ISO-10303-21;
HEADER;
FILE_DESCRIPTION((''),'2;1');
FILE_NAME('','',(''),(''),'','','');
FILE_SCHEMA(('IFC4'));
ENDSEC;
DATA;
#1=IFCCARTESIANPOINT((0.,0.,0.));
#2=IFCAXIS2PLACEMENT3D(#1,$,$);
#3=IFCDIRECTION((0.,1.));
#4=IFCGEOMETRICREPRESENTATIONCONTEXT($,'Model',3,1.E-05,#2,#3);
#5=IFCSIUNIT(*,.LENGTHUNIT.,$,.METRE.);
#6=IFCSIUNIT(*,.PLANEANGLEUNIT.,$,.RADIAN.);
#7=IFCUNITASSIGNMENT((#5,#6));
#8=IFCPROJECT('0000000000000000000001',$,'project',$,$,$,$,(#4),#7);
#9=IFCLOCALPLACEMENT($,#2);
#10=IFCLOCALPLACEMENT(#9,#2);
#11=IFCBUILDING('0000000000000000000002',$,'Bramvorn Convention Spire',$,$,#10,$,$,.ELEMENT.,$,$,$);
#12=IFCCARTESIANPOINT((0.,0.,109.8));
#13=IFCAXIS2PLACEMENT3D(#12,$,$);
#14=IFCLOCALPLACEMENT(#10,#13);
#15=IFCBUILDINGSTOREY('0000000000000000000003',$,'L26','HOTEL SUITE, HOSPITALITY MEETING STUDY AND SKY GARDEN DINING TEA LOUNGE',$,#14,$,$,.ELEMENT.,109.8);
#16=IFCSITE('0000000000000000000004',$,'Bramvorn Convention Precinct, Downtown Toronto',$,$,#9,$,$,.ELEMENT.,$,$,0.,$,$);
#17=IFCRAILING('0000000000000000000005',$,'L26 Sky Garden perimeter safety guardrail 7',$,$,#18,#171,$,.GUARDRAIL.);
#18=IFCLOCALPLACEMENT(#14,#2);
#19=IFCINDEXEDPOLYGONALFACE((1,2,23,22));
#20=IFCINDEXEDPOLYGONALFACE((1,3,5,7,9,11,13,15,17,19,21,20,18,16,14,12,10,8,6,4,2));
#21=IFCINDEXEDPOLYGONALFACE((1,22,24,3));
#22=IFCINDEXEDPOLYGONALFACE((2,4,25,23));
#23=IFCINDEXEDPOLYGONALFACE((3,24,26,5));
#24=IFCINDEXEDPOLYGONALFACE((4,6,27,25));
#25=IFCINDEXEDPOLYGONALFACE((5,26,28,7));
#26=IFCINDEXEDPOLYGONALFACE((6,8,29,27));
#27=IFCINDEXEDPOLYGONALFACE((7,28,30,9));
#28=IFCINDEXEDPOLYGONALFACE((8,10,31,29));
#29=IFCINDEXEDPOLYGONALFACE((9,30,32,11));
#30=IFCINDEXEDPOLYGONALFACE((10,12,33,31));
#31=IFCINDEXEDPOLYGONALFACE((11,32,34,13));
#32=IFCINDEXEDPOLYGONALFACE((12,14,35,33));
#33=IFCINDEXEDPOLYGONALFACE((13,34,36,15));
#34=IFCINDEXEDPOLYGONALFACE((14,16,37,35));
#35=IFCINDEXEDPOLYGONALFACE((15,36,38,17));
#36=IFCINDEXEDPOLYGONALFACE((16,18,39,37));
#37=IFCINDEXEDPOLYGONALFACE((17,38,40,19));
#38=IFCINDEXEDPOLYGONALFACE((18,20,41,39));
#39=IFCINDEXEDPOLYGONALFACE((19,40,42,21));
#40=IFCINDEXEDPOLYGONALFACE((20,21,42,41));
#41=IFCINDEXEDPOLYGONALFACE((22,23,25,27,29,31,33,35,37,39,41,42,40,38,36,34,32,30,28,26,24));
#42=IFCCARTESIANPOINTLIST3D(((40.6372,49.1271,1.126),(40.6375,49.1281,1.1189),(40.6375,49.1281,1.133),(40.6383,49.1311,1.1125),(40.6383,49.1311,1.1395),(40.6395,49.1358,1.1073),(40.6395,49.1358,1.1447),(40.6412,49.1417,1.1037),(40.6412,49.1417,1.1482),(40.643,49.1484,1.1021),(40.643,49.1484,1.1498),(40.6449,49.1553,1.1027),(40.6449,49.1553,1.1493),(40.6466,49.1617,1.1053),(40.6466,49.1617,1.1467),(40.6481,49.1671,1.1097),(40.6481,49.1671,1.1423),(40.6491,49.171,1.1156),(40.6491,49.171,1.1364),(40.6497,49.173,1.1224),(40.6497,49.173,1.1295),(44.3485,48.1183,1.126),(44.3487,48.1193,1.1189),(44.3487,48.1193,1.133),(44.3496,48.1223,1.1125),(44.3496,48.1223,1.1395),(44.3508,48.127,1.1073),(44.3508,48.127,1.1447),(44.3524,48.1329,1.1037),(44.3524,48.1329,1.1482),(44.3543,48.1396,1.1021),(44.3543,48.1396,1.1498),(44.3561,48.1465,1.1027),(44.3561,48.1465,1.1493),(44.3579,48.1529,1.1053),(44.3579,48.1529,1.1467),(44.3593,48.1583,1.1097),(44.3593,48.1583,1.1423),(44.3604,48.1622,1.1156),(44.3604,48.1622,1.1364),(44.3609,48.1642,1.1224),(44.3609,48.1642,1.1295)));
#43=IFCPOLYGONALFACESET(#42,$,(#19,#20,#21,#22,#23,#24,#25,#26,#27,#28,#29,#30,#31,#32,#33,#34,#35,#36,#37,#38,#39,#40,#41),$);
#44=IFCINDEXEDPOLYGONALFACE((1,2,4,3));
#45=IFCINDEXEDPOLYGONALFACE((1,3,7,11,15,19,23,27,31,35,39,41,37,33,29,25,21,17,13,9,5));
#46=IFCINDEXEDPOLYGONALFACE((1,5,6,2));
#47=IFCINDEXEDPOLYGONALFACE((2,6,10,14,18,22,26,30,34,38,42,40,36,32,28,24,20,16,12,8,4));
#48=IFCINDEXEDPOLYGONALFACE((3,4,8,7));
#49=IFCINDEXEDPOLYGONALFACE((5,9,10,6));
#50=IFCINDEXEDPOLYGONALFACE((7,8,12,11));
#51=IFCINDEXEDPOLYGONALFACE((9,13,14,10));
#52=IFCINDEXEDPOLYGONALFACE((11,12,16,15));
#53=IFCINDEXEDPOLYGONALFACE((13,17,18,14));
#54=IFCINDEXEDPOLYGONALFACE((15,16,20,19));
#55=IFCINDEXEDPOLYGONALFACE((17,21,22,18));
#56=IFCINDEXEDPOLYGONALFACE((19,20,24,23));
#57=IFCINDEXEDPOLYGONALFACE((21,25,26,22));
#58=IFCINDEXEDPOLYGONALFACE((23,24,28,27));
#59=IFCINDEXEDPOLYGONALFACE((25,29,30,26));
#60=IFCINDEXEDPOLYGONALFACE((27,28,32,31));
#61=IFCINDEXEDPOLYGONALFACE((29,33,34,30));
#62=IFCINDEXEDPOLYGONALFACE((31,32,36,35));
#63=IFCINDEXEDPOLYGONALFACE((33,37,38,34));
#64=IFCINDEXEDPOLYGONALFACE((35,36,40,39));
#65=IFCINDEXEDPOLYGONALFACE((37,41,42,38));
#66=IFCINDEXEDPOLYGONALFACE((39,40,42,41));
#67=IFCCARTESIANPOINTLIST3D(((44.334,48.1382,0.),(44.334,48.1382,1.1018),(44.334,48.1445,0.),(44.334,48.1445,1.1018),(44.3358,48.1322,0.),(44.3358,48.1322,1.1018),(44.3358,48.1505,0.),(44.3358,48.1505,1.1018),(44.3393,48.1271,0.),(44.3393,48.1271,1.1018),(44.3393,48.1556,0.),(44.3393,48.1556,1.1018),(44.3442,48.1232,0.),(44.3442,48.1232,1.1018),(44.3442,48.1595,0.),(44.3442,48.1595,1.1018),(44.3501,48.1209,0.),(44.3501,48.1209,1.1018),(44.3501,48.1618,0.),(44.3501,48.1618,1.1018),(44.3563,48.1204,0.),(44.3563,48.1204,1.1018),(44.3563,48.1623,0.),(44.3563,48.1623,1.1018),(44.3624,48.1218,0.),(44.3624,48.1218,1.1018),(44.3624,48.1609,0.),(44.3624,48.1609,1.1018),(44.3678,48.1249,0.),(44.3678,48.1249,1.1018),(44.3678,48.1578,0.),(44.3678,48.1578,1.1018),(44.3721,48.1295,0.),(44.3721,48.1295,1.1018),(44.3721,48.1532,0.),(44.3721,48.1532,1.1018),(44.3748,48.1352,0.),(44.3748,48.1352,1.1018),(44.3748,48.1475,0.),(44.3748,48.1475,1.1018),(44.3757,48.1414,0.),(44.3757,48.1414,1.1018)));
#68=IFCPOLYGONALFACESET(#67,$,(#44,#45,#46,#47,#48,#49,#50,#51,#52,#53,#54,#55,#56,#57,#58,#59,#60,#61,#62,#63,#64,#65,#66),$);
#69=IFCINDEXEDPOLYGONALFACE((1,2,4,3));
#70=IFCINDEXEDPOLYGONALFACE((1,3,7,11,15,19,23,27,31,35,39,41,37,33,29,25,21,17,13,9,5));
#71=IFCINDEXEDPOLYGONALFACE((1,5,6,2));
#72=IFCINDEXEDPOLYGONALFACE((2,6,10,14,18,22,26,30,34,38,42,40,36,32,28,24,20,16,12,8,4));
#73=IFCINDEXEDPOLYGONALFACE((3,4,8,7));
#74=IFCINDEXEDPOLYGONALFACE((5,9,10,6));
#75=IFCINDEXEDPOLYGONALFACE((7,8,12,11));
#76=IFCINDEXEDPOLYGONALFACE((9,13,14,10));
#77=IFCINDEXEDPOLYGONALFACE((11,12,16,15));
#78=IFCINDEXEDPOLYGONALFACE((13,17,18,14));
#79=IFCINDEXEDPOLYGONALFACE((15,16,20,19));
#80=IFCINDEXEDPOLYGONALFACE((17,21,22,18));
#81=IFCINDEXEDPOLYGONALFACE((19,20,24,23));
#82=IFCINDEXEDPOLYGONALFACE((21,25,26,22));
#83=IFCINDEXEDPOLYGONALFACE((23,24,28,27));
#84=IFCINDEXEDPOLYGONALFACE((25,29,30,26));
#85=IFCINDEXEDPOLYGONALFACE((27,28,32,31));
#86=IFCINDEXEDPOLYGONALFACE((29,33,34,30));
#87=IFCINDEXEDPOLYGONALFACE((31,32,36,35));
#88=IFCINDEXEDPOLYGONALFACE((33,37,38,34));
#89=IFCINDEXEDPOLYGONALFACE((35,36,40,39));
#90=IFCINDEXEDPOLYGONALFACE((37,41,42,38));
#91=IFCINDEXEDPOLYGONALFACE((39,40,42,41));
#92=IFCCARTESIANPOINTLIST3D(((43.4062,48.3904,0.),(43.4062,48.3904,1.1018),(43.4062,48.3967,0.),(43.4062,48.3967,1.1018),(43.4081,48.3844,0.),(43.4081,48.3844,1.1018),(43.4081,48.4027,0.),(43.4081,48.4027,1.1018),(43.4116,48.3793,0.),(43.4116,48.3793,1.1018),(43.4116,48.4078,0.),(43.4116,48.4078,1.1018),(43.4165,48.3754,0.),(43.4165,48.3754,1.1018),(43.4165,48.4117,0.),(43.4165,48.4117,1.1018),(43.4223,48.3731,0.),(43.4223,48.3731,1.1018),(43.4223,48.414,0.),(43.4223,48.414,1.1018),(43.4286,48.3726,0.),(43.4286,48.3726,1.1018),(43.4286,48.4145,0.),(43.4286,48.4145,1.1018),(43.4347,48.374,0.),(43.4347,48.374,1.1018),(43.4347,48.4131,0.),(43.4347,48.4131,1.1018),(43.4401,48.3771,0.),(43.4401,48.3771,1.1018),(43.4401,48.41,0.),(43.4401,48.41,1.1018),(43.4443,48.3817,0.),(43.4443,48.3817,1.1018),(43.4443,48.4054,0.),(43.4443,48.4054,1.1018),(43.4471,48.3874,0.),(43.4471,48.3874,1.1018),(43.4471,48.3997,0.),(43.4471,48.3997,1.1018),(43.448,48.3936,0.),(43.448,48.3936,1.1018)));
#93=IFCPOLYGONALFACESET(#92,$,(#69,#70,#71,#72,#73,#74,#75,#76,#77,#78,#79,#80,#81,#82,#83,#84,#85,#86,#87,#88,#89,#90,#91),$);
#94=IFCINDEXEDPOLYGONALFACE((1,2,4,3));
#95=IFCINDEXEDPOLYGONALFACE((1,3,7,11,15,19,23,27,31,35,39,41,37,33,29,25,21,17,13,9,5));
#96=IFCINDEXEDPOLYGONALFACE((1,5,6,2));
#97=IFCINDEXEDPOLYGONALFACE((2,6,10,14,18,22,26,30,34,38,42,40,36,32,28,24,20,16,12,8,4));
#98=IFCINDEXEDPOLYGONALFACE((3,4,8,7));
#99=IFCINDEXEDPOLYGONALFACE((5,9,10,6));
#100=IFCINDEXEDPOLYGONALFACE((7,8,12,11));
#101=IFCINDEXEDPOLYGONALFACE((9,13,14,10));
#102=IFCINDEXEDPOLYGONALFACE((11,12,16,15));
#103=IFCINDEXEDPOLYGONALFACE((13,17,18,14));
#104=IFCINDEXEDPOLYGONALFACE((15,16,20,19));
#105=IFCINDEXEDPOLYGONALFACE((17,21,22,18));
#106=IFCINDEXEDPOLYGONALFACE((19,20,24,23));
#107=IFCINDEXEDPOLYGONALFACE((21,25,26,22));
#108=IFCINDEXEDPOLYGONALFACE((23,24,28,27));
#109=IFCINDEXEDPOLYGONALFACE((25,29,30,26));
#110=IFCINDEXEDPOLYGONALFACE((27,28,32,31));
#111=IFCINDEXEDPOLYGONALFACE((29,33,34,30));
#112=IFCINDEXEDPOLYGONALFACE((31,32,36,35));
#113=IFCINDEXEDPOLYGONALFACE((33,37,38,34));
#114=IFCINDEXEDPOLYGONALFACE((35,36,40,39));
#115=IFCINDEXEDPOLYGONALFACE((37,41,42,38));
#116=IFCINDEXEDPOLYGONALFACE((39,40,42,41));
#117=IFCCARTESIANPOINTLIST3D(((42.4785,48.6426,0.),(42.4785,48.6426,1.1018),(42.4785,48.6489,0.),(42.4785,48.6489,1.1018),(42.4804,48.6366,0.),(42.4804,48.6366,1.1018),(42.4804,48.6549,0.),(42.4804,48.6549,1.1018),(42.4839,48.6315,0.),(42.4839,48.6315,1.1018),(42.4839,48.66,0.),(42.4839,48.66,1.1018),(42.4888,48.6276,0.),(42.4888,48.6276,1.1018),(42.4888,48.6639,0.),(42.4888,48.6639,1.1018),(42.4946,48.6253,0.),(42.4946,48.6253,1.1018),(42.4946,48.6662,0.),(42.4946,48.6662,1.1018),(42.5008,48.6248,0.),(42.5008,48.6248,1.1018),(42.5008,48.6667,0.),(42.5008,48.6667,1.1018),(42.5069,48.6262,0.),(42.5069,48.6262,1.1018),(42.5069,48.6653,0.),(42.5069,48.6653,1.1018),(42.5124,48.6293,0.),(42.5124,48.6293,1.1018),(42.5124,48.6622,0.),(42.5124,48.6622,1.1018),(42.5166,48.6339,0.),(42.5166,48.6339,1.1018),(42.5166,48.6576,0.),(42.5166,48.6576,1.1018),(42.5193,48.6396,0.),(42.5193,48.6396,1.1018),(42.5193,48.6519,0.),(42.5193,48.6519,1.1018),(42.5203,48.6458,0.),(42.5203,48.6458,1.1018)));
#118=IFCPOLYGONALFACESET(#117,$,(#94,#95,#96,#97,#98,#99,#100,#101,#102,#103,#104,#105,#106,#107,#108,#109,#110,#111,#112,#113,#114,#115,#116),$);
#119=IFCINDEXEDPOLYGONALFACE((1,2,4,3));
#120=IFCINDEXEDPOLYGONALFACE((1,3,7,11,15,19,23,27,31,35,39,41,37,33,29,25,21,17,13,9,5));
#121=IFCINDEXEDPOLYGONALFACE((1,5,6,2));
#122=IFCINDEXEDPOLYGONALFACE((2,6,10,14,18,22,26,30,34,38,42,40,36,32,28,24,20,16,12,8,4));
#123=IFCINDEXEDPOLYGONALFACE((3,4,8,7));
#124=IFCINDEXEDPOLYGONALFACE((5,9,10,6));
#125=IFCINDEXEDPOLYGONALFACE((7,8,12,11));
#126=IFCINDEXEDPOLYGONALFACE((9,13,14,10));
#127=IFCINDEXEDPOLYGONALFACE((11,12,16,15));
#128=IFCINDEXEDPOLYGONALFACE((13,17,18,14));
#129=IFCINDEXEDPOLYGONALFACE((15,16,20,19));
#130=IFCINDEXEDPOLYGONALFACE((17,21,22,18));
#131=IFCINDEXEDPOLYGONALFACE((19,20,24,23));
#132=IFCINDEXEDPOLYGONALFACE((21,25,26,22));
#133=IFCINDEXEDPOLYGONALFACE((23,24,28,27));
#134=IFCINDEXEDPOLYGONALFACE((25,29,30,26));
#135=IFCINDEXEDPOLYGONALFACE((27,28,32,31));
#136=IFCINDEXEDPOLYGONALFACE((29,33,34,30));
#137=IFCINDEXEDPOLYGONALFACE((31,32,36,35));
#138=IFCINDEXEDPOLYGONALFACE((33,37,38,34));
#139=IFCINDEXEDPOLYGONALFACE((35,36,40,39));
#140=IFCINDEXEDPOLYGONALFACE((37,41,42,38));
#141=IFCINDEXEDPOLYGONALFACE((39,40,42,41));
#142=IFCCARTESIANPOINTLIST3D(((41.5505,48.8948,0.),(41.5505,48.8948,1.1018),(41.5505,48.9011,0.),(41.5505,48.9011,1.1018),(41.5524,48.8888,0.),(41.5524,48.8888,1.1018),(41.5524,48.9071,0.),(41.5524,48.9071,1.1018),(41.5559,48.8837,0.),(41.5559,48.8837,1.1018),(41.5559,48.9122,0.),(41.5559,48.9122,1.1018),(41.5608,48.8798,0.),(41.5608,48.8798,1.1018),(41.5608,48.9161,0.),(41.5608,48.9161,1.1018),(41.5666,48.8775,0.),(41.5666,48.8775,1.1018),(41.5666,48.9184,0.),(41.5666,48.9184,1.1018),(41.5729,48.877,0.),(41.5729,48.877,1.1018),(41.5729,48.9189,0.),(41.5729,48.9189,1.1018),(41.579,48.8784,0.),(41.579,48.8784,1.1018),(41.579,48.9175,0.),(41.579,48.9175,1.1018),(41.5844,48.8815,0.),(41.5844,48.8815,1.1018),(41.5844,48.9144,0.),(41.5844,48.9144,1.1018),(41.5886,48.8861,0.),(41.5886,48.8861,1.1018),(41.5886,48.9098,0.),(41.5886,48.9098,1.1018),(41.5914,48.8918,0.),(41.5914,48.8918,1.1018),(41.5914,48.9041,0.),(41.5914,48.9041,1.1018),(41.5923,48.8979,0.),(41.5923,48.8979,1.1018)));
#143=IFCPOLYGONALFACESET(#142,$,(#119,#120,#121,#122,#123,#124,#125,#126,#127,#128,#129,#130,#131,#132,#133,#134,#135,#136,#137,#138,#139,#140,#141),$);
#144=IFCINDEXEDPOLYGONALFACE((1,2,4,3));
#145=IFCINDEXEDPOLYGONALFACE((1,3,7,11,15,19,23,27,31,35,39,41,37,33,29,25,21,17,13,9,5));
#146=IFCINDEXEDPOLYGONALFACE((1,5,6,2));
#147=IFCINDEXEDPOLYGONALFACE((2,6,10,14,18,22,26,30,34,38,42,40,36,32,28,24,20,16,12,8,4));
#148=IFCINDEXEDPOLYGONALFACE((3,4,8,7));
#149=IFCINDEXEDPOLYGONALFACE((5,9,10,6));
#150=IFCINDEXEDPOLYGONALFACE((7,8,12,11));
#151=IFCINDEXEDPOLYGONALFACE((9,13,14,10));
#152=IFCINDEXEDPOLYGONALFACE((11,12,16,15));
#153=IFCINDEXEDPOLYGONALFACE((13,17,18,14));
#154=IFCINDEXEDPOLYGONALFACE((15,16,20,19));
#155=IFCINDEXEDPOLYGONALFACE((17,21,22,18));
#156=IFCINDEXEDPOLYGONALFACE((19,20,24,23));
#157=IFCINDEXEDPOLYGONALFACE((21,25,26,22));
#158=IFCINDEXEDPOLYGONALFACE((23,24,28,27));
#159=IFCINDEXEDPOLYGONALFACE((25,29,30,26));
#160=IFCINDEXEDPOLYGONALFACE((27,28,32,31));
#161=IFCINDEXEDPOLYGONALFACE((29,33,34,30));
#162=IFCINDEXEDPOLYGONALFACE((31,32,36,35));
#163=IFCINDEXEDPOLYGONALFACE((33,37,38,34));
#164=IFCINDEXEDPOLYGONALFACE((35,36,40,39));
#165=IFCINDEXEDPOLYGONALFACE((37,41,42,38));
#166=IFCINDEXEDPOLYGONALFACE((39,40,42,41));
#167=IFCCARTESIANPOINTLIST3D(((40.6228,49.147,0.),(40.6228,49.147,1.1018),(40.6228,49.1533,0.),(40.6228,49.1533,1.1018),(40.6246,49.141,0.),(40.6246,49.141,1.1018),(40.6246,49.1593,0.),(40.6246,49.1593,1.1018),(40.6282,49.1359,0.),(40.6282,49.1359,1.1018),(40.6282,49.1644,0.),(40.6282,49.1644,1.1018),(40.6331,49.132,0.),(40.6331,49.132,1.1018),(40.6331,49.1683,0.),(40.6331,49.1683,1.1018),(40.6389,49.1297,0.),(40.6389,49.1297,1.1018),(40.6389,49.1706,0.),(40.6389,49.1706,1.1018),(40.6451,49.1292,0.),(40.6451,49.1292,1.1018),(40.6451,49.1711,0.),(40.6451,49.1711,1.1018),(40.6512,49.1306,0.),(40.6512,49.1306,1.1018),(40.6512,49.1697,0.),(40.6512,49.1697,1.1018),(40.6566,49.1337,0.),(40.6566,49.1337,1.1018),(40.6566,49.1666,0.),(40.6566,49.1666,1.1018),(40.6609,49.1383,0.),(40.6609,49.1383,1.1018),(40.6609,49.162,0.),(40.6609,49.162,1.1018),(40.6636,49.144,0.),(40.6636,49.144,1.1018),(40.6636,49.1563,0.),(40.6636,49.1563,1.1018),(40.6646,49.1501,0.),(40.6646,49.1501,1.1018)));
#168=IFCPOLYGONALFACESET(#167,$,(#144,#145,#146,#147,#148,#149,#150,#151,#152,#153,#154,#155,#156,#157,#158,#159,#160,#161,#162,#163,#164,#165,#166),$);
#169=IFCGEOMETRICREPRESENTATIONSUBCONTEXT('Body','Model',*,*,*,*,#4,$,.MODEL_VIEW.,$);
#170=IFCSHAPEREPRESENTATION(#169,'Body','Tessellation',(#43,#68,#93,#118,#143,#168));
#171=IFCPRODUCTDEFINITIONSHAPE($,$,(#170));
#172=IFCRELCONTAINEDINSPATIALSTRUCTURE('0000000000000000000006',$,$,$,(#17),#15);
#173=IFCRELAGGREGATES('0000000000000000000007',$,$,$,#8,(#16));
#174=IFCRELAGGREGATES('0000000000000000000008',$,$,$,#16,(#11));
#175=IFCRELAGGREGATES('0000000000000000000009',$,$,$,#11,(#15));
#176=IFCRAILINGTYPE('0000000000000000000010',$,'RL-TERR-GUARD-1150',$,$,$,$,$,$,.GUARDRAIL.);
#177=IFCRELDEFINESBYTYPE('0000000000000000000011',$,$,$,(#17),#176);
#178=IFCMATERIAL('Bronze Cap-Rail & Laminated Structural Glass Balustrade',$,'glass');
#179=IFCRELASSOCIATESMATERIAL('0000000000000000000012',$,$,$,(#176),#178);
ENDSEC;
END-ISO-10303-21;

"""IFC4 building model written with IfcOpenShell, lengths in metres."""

from ifc_helpers import new_model, si_unit, direction, frame, origin, origin_2d, place, context, subcontext, project, spatial, circle, extrude, material, type_object, element, save


model = new_model("IFC4")

# Units and contexts
model_context = context("Model", 3, precision=1e-05, world=origin(), true_north=direction((0.0, 1.0)))
body_context = subcontext(model_context, "Body", "Model", "MODEL_VIEW")
ifc_project = project(units=[si_unit("LENGTHUNIT", "METRE"), si_unit("PLANEANGLEUNIT", "RADIAN")], contexts=[model_context])

# Site, building, storey
site_placement = place(None, origin())
site = spatial("IfcSite", under=ifc_project, at=site_placement, Name="Bramvorn Convention Precinct, Downtown Toronto", CompositionType="ELEMENT", RefElevation=0.0)
building_placement = place(site_placement, origin())
building = spatial("IfcBuilding", under=site, at=building_placement, Name="Bramvorn Convention Spire", CompositionType="ELEMENT")
storey_placement = place(building_placement, frame((0.0, 0.0, 109.8)))
storey = spatial("IfcBuildingStorey", under=building, at=storey_placement, Name="L26", Description="HOTEL SUITE, HOSPITALITY MEETING STUDY AND SKY GARDEN DINING TEA LOUNGE", CompositionType="ELEMENT", Elevation=109.8)

# Railing
ifc_material_1 = material(Name="Bronze Cap-Rail & Laminated Structural Glass Balustrade", Category="glass")
railing_type = type_object("IfcRailingType", Name="RL-TERR-GUARD-1150", PredefinedType="GUARDRAIL", material=ifc_material_1)
railing_1_placement = place(storey_placement, frame((44.3547, 48.1414, 0.0)))
element("IfcRailing", 1, at=railing_1_placement, inside=storey, type_object=railing_type, Name="L26 Sky Garden perimeter safety guardrail 7", PredefinedType="GUARDRAIL", context=body_context, shape_type="SweptSolid", body=[
    extrude(circle(Radius=0.0239, at=origin_2d()), frame((0.0, 0.0, 1.126), z_axis=(-0.964985, 0.262306, 0.0), x_axis=(-0.262306, -0.964985, 0.0)), (0.0, 0.0, 1.0), 3.8459),
    extrude(circle(Radius=0.021, at=origin_2d()), origin(), (0.0, 0.0, 1.0), 1.1018),
    extrude(circle(Radius=0.021, at=origin_2d()), frame((-0.9277, 0.2522, 0.0)), (0.0, 0.0, 1.0), 1.1018),
    extrude(circle(Radius=0.021, at=origin_2d()), frame((-1.8555, 0.5044, 0.0)), (0.0, 0.0, 1.0), 1.1018),
    extrude(circle(Radius=0.021, at=origin_2d()), frame((-2.7834, 0.7566, 0.0)), (0.0, 0.0, 1.0), 1.1018),
    extrude(circle(Radius=0.021, at=origin_2d()), frame((-3.7112, 1.0088, 0.0)), (0.0, 0.0, 1.0), 1.1018),
])

save(model, "model.ifc")
